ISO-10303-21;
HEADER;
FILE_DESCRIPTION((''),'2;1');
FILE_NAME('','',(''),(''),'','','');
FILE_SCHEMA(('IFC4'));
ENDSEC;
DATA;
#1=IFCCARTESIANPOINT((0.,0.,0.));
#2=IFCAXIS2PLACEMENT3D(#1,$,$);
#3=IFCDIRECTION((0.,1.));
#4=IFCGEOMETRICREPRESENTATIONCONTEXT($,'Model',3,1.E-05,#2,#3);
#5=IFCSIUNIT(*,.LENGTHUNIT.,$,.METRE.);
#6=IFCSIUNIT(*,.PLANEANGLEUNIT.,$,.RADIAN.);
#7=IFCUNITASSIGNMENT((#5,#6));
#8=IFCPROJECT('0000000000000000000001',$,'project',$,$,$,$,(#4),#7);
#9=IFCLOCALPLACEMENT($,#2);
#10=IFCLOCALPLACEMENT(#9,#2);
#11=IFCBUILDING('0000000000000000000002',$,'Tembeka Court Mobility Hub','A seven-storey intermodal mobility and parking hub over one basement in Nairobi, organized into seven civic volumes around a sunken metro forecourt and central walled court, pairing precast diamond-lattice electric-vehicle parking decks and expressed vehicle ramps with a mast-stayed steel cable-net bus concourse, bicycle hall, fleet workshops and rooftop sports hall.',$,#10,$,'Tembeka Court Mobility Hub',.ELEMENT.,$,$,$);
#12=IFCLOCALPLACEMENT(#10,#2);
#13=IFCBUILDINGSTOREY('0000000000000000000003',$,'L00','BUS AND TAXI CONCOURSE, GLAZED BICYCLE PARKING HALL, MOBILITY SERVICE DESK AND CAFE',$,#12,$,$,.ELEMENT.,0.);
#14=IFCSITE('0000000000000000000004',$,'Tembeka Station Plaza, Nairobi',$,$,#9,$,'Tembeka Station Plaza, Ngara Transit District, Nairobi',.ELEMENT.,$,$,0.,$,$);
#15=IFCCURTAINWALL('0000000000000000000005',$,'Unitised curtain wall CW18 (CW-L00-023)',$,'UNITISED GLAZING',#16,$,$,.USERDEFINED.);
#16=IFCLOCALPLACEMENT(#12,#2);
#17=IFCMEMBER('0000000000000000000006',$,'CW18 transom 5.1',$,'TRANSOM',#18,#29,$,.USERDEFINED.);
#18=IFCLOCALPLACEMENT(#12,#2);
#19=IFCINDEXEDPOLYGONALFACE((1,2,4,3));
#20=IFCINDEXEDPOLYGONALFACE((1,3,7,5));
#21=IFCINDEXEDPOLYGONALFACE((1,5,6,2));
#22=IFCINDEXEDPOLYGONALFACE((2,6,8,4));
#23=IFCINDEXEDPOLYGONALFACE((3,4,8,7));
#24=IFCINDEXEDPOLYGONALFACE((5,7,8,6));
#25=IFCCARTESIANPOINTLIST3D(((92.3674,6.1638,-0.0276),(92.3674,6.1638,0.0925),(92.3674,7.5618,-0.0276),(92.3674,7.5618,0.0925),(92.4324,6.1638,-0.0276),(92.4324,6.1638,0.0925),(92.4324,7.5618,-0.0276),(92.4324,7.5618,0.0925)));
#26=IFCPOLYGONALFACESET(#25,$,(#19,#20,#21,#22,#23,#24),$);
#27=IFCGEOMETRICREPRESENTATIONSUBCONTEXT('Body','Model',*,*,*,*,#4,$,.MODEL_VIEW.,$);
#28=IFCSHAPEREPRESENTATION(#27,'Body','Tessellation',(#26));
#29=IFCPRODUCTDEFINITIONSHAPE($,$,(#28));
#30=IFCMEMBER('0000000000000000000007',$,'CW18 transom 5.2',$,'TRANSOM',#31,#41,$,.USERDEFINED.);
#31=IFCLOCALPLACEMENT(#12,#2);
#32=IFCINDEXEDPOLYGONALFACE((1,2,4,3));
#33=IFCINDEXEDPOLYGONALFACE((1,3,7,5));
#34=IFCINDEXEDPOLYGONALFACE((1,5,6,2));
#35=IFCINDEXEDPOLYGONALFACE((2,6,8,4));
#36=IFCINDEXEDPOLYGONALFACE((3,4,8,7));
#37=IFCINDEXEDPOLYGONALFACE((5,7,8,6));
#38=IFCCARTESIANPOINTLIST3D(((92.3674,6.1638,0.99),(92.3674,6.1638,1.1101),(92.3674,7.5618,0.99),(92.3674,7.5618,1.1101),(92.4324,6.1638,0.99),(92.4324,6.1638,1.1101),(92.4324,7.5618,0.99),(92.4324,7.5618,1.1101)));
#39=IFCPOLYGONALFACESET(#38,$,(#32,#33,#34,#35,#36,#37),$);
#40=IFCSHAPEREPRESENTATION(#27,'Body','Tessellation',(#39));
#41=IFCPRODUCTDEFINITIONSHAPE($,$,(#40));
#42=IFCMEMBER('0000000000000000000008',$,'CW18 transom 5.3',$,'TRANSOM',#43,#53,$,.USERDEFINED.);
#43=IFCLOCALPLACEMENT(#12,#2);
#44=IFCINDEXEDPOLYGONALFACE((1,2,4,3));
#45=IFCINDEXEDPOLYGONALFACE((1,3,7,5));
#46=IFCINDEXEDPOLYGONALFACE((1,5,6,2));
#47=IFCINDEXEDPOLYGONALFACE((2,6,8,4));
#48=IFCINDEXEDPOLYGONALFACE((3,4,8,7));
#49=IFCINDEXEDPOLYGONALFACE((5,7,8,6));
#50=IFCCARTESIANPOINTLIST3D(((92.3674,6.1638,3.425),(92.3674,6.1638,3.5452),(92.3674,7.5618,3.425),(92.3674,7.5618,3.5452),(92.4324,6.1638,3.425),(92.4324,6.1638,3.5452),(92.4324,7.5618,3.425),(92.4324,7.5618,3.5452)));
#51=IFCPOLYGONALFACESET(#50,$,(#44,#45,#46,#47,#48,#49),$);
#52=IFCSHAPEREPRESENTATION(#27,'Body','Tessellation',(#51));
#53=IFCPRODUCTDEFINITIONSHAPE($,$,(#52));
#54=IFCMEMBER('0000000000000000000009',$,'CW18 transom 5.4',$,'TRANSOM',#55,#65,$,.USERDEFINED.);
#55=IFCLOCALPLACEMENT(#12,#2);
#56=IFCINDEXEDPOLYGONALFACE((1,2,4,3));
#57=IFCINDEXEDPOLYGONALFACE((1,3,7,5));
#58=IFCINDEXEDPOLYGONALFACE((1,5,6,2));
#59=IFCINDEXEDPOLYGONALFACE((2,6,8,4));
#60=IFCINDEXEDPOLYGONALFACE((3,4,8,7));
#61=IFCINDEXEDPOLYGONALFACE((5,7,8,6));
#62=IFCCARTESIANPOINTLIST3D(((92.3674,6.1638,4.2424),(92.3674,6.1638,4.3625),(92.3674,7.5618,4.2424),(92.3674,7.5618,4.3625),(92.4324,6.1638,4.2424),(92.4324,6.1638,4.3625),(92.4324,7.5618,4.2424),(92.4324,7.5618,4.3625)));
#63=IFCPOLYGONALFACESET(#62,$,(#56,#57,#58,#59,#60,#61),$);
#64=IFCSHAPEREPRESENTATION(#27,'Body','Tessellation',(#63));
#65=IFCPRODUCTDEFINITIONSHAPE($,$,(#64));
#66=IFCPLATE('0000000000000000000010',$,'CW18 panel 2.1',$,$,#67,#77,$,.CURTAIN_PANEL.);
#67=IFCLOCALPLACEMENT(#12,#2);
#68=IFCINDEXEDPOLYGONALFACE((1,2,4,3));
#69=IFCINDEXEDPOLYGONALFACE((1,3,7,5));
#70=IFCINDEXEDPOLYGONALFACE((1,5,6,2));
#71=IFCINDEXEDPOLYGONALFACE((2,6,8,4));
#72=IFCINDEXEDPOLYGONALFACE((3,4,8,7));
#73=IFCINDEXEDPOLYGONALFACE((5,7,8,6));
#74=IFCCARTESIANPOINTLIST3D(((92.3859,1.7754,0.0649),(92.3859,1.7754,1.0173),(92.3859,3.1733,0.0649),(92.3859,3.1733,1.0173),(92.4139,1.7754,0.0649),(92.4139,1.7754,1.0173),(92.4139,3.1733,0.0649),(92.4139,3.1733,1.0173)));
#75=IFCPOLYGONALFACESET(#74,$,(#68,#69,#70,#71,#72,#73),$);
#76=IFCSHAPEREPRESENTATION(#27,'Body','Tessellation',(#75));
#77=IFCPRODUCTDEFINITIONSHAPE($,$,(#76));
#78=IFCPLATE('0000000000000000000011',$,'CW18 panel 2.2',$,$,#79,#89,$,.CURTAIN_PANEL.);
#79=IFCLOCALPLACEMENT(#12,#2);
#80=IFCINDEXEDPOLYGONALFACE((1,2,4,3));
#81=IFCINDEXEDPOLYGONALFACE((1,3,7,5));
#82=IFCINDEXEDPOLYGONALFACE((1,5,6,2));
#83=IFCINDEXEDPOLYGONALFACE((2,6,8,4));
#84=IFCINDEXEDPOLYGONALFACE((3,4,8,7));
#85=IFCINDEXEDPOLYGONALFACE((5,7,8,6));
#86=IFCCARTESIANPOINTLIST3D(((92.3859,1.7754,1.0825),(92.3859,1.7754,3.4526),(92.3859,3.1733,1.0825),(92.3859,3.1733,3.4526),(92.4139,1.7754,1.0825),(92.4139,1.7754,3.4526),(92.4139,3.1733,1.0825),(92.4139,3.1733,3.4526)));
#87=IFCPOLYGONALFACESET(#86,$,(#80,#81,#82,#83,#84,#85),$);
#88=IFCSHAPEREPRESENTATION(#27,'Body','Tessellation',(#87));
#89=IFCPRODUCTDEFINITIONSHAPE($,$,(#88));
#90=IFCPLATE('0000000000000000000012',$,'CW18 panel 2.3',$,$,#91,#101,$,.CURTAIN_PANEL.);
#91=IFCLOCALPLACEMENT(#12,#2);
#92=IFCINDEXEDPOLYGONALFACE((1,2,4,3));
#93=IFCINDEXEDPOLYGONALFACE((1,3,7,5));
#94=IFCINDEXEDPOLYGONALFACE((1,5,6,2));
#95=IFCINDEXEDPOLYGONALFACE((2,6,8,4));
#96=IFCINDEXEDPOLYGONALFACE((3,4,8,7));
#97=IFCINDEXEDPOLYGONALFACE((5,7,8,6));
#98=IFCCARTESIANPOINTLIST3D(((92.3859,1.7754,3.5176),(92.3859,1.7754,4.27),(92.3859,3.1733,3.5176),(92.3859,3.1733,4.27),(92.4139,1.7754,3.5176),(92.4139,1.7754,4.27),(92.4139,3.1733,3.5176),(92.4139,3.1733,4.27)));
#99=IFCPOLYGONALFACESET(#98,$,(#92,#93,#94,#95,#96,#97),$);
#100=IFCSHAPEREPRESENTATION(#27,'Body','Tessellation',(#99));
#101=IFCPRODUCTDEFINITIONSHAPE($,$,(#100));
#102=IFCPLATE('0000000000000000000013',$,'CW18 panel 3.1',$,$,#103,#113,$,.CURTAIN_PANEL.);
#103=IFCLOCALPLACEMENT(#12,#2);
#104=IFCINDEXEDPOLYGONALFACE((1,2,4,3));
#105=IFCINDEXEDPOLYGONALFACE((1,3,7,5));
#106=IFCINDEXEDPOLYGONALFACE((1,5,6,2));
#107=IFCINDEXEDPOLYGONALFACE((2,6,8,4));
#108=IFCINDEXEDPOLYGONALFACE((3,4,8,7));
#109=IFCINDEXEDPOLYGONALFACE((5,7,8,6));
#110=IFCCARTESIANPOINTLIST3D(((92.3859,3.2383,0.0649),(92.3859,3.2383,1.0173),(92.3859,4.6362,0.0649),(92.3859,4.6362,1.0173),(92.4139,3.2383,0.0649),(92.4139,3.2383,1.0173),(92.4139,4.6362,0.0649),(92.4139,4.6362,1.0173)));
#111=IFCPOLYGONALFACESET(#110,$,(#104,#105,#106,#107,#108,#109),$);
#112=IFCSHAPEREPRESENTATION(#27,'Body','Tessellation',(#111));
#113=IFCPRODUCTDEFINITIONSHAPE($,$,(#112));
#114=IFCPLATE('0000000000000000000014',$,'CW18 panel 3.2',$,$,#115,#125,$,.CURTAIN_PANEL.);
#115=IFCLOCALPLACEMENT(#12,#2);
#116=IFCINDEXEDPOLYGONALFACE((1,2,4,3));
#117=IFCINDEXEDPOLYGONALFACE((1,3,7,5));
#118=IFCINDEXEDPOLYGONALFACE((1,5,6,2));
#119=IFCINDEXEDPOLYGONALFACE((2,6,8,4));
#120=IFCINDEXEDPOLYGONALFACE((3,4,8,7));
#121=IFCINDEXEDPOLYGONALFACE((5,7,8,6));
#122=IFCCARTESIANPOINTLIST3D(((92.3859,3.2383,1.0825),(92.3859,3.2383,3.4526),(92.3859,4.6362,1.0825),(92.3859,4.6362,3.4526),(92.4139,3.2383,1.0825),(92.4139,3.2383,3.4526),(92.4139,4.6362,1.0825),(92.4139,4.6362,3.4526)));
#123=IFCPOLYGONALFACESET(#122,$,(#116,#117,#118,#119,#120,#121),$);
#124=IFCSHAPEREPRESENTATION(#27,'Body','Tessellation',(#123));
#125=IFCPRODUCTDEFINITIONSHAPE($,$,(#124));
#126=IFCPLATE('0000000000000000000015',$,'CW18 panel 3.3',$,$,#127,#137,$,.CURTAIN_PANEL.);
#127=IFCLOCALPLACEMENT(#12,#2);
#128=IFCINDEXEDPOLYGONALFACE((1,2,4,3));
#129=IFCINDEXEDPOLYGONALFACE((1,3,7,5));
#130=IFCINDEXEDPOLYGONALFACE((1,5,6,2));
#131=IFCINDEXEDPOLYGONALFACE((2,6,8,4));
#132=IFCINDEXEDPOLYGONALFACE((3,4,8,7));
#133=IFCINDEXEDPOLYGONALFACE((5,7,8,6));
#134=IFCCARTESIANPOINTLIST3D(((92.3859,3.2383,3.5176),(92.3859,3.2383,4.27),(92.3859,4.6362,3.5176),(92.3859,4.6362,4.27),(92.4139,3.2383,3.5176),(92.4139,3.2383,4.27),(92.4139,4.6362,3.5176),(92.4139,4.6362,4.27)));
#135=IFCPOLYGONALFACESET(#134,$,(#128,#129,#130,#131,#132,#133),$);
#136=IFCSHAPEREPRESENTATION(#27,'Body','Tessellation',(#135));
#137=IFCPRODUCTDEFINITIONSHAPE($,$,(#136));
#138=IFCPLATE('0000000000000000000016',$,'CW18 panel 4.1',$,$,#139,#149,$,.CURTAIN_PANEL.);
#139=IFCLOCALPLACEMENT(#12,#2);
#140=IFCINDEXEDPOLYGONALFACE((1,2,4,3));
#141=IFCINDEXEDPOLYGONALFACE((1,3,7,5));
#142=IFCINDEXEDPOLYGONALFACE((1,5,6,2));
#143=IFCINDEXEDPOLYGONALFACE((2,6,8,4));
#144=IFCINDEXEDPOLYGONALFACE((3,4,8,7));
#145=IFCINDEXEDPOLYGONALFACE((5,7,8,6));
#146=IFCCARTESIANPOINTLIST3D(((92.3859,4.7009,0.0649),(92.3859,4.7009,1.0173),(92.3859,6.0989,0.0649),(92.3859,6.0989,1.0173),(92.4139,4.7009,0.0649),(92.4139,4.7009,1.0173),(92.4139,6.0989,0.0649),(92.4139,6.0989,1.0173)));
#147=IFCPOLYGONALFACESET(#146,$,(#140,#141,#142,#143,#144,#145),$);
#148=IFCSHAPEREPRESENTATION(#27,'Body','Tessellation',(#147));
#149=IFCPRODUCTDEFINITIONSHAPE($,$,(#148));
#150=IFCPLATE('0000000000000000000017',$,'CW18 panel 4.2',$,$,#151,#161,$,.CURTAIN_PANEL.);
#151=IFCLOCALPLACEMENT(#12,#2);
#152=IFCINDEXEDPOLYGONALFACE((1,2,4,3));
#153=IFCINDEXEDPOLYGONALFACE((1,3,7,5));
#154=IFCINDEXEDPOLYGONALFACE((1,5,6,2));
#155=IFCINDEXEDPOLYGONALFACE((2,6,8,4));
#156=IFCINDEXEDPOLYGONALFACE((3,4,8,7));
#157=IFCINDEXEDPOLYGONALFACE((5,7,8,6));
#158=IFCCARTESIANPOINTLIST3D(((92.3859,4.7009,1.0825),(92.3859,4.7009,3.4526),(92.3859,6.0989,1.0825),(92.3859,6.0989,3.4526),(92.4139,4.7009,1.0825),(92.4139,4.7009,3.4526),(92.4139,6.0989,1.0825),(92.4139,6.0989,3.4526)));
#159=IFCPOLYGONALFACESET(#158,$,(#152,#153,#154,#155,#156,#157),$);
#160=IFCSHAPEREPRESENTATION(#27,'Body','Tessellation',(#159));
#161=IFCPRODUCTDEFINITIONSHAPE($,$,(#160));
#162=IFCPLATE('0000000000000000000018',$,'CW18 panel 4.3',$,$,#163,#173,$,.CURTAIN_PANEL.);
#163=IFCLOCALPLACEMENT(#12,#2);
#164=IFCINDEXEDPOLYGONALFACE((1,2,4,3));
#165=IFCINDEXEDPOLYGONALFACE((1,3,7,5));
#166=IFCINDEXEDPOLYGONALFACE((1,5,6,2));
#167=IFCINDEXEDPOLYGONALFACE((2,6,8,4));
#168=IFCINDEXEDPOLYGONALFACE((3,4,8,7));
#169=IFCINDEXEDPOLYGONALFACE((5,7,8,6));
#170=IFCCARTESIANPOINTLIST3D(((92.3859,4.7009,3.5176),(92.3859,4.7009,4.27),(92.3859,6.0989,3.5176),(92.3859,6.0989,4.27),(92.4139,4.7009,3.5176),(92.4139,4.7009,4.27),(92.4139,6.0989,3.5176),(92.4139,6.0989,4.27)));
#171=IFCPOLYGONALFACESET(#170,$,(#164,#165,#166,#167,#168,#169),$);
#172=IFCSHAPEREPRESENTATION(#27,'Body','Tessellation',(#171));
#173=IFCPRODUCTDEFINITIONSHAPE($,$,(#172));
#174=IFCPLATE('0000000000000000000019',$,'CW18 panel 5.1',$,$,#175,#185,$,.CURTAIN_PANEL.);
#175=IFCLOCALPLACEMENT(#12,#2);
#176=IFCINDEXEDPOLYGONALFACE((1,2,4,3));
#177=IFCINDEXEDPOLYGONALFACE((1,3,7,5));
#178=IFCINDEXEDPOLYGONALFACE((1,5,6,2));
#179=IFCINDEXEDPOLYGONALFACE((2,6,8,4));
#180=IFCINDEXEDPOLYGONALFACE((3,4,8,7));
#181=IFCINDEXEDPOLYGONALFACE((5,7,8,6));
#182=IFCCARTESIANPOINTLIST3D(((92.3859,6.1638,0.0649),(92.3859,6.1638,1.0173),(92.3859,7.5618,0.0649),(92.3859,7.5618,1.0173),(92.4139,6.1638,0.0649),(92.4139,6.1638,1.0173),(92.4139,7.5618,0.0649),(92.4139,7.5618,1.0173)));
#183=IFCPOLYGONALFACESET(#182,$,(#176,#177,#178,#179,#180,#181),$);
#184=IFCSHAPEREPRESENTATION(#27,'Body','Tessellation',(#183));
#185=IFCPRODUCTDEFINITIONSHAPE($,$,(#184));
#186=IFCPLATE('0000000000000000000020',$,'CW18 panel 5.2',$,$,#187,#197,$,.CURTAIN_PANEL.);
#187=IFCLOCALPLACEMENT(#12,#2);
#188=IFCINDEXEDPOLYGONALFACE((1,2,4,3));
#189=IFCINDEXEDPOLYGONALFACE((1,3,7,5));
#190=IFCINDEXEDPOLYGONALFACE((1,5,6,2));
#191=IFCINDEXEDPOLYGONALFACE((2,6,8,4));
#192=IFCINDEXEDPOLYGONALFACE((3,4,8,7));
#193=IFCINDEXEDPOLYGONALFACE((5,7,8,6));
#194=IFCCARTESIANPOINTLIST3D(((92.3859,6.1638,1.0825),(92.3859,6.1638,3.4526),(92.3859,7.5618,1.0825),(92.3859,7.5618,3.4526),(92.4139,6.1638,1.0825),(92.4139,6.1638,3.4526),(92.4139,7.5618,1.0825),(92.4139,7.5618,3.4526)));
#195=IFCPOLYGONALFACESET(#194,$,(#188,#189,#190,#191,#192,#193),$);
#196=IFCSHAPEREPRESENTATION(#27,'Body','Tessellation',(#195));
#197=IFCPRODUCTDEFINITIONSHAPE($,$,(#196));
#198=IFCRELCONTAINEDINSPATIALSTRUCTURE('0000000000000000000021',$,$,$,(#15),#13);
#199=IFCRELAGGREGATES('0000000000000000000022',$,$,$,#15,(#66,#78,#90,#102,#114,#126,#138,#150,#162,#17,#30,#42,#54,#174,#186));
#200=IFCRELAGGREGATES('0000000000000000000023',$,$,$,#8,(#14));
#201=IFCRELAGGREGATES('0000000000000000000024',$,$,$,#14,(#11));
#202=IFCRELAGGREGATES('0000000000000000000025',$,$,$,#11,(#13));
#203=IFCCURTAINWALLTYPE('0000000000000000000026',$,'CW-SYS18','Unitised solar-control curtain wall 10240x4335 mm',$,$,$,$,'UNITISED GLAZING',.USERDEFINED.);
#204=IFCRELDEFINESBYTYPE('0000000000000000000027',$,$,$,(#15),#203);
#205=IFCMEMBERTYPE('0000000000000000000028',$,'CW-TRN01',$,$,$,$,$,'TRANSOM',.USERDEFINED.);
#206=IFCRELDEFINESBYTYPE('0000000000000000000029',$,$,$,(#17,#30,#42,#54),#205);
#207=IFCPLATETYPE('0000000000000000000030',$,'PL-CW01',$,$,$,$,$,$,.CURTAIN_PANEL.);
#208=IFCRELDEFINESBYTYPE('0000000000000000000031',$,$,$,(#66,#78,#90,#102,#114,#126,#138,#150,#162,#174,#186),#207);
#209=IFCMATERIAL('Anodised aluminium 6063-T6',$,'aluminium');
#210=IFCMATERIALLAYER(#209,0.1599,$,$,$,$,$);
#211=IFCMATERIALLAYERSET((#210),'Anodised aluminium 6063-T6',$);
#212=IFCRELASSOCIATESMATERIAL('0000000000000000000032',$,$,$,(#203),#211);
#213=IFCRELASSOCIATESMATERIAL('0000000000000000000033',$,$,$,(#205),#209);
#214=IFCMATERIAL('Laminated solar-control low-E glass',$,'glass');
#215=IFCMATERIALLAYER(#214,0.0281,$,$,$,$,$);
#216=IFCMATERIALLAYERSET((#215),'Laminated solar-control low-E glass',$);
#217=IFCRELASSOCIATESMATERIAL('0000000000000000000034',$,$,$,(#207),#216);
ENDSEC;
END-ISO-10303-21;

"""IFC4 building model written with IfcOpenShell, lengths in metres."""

from ifc_helpers import new_model, si_unit, direction, frame, origin, origin_2d, place, context, subcontext, project, spatial, rectangle, extrude, material, layer, layer_set, material_profile, profile_set, type_object, element, aggregate, save


model = new_model("IFC4")

# Units and contexts
model_context = context("Model", 3, precision=1e-05, world=origin(), true_north=direction((0.0, 1.0)))
body_context = subcontext(model_context, "Body", "Model", "MODEL_VIEW")
ifc_project = project(units=[si_unit("LENGTHUNIT", "METRE"), si_unit("PLANEANGLEUNIT", "RADIAN")], contexts=[model_context])

# Site, building, storey
site_placement = place(None, origin())
site = spatial("IfcSite", under=ifc_project, at=site_placement, Name="Tembeka Station Plaza, Nairobi", LongName="Tembeka Station Plaza, Ngara Transit District, Nairobi", CompositionType="ELEMENT", RefElevation=0.0)
building_placement = place(site_placement, origin())
building = spatial("IfcBuilding", under=site, at=building_placement, Name="Tembeka Court Mobility Hub", Description="A seven-storey intermodal mobility and parking hub over one basement in Nairobi, organized into seven civic volumes around a sunken metro forecourt and central walled court, pairing precast diamond-lattice electric-vehicle parking decks and expressed vehicle ramps with a mast-stayed steel cable-net bus concourse, bicycle hall, fleet workshops and rooftop sports hall.", LongName="Tembeka Court Mobility Hub", CompositionType="ELEMENT")
storey_placement = place(building_placement, origin())
storey = spatial("IfcBuildingStorey", under=building, at=storey_placement, Name="L00", Description="BUS AND TAXI CONCOURSE, GLAZED BICYCLE PARKING HALL, MOBILITY SERVICE DESK AND CAFE", CompositionType="ELEMENT", Elevation=0.0)

# Curtain wall, members, plates
ifc_material_1 = material(Name="Anodised aluminium 6063-T6", Category="aluminium")
ifc_layer_1 = layer(ifc_material_1, 0.1599)
ifc_layer_set_1 = layer_set([ifc_layer_1], Name="Anodised aluminium 6063-T6")
curtain_wall_type = type_object("IfcCurtainWallType", Name="CW-SYS18", Description="Unitised solar-control curtain wall 10240x4335 mm", ElementType="UNITISED GLAZING", PredefinedType="USERDEFINED", material=ifc_layer_set_1)
curtain_wall_placement = place(storey_placement, origin())
curtain_wall = element("IfcCurtainWall", 1, at=curtain_wall_placement, inside=storey, type_object=curtain_wall_type, Name="Unitised curtain wall CW18 (CW-L00-023)", ObjectType="UNITISED GLAZING", PredefinedType="USERDEFINED")
ifc_material_profile_1 = material_profile(ifc_material_1, rectangle(XDim=0.0649, YDim=0.1201, at=origin_2d()), Name="ALU-TRN 65x120")
ifc_profile_set_1 = profile_set([ifc_material_profile_1], Name="Anodised aluminium 6063-T6")
member_type_1 = type_object("IfcMemberType", Name="CW-TRN01", ElementType="TRANSOM", PredefinedType="USERDEFINED", material=ifc_profile_set_1)
member_1_placement = place(storey_placement, frame((92.3999, 6.1638, 0.0325), z_axis=(0.0, 1.0, 0.0), x_axis=(-1.0, 0.0, 0.0)))
member_1 = element("IfcMember", 2, at=member_1_placement, type_object=member_type_1, Name="CW18 transom 5.1", ObjectType="TRANSOM", PredefinedType="USERDEFINED", context=body_context, shape_type="SweptSolid", body=[
    extrude(rectangle(XDim=0.0649, YDim=0.1201, at=origin_2d()), origin(), (0.0, 0.0, 1.0), 1.3979),
])
member_2_placement = place(storey_placement, frame((92.3999, 6.1638, 1.05), z_axis=(0.0, 1.0, 0.0), x_axis=(-1.0, 0.0, 0.0)))
member_2 = element("IfcMember", 3, at=member_2_placement, type_object=member_type_1, Name="CW18 transom 5.2", ObjectType="TRANSOM", PredefinedType="USERDEFINED", context=body_context, shape_type="SweptSolid", body=[
    extrude(rectangle(XDim=0.0649, YDim=0.1201, at=origin_2d()), origin(), (0.0, 0.0, 1.0), 1.3979),
])
member_3_placement = place(storey_placement, frame((92.3999, 6.1638, 3.4851), z_axis=(0.0, 1.0, 0.0), x_axis=(-1.0, 0.0, 0.0)))
member_3 = element("IfcMember", 4, at=member_3_placement, type_object=member_type_1, Name="CW18 transom 5.3", ObjectType="TRANSOM", PredefinedType="USERDEFINED", context=body_context, shape_type="SweptSolid", body=[
    extrude(rectangle(XDim=0.0649, YDim=0.1201, at=origin_2d()), origin(), (0.0, 0.0, 1.0), 1.3979),
])
member_4_placement = place(storey_placement, frame((92.3999, 6.1638, 4.3025), z_axis=(0.0, 1.0, 0.0), x_axis=(-1.0, 0.0, 0.0)))
member_4 = element("IfcMember", 5, at=member_4_placement, type_object=member_type_1, Name="CW18 transom 5.4", ObjectType="TRANSOM", PredefinedType="USERDEFINED", context=body_context, shape_type="SweptSolid", body=[
    extrude(rectangle(XDim=0.0649, YDim=0.1201, at=origin_2d()), origin(), (0.0, 0.0, 1.0), 1.3979),
])
ifc_material_2 = material(Name="Laminated solar-control low-E glass", Category="glass")
ifc_layer_2 = layer(ifc_material_2, 0.0281)
ifc_layer_set_2 = layer_set([ifc_layer_2], Name="Laminated solar-control low-E glass")
plate_type = type_object("IfcPlateType", Name="PL-CW01", PredefinedType="CURTAIN_PANEL", material=ifc_layer_set_2)
plate_1_placement = place(storey_placement, frame((92.3999, 2.4744, 0.0649), z_axis=(0.0, 0.0, 1.0), x_axis=(0.0, 1.0, 0.0)))
plate_1 = element("IfcPlate", 6, at=plate_1_placement, type_object=plate_type, Name="CW18 panel 2.1", PredefinedType="CURTAIN_PANEL", context=body_context, shape_type="SweptSolid", body=[
    extrude(rectangle(XDim=1.3979, YDim=0.0281, at=origin_2d()), origin(), (0.0, 0.0, 1.0), 0.9524),
])
plate_2_placement = place(storey_placement, frame((92.3999, 2.4744, 1.0825), z_axis=(0.0, 0.0, 1.0), x_axis=(0.0, 1.0, 0.0)))
plate_2 = element("IfcPlate", 7, at=plate_2_placement, type_object=plate_type, Name="CW18 panel 2.2", PredefinedType="CURTAIN_PANEL", context=body_context, shape_type="SweptSolid", body=[
    extrude(rectangle(XDim=1.3979, YDim=0.0281, at=origin_2d()), origin(), (0.0, 0.0, 1.0), 2.3701),
])
plate_3_placement = place(storey_placement, frame((92.3999, 2.4744, 3.5176), z_axis=(0.0, 0.0, 1.0), x_axis=(0.0, 1.0, 0.0)))
plate_3 = element("IfcPlate", 8, at=plate_3_placement, type_object=plate_type, Name="CW18 panel 2.3", PredefinedType="CURTAIN_PANEL", context=body_context, shape_type="SweptSolid", body=[
    extrude(rectangle(XDim=1.3979, YDim=0.0281, at=origin_2d()), origin(), (0.0, 0.0, 1.0), 0.7524),
])
plate_4_placement = place(storey_placement, frame((92.3999, 3.9373, 0.0649), z_axis=(0.0, 0.0, 1.0), x_axis=(0.0, 1.0, 0.0)))
plate_4 = element("IfcPlate", 9, at=plate_4_placement, type_object=plate_type, Name="CW18 panel 3.1", PredefinedType="CURTAIN_PANEL", context=body_context, shape_type="SweptSolid", body=[
    extrude(rectangle(XDim=1.3979, YDim=0.0281, at=origin_2d()), origin(), (0.0, 0.0, 1.0), 0.9524),
])
plate_5_placement = place(storey_placement, frame((92.3999, 3.9373, 1.0825), z_axis=(0.0, 0.0, 1.0), x_axis=(0.0, 1.0, 0.0)))
plate_5 = element("IfcPlate", 10, at=plate_5_placement, type_object=plate_type, Name="CW18 panel 3.2", PredefinedType="CURTAIN_PANEL", context=body_context, shape_type="SweptSolid", body=[
    extrude(rectangle(XDim=1.3979, YDim=0.0281, at=origin_2d()), origin(), (0.0, 0.0, 1.0), 2.3701),
])
plate_6_placement = place(storey_placement, frame((92.3999, 3.9373, 3.5176), z_axis=(0.0, 0.0, 1.0), x_axis=(0.0, 1.0, 0.0)))
plate_6 = element("IfcPlate", 11, at=plate_6_placement, type_object=plate_type, Name="CW18 panel 3.3", PredefinedType="CURTAIN_PANEL", context=body_context, shape_type="SweptSolid", body=[
    extrude(rectangle(XDim=1.3979, YDim=0.0281, at=origin_2d()), origin(), (0.0, 0.0, 1.0), 0.7524),
])
plate_7_placement = place(storey_placement, frame((92.3999, 5.3999, 0.0649), z_axis=(0.0, 0.0, 1.0), x_axis=(0.0, 1.0, 0.0)))
plate_7 = element("IfcPlate", 12, at=plate_7_placement, type_object=plate_type, Name="CW18 panel 4.1", PredefinedType="CURTAIN_PANEL", context=body_context, shape_type="SweptSolid", body=[
    extrude(rectangle(XDim=1.3979, YDim=0.0281, at=origin_2d()), origin(), (0.0, 0.0, 1.0), 0.9524),
])
plate_8_placement = place(storey_placement, frame((92.3999, 5.3999, 1.0825), z_axis=(0.0, 0.0, 1.0), x_axis=(0.0, 1.0, 0.0)))
plate_8 = element("IfcPlate", 13, at=plate_8_placement, type_object=plate_type, Name="CW18 panel 4.2", PredefinedType="CURTAIN_PANEL", context=body_context, shape_type="SweptSolid", body=[
    extrude(rectangle(XDim=1.3979, YDim=0.0281, at=origin_2d()), origin(), (0.0, 0.0, 1.0), 2.3701),
])
plate_9_placement = place(storey_placement, frame((92.3999, 5.3999, 3.5176), z_axis=(0.0, 0.0, 1.0), x_axis=(0.0, 1.0, 0.0)))
plate_9 = element("IfcPlate", 14, at=plate_9_placement, type_object=plate_type, Name="CW18 panel 4.3", PredefinedType="CURTAIN_PANEL", context=body_context, shape_type="SweptSolid", body=[
    extrude(rectangle(XDim=1.3979, YDim=0.0281, at=origin_2d()), origin(), (0.0, 0.0, 1.0), 0.7524),
])
plate_10_placement = place(storey_placement, frame((92.3999, 6.8628, 0.0649), z_axis=(0.0, 0.0, 1.0), x_axis=(0.0, 1.0, 0.0)))
plate_10 = element("IfcPlate", 15, at=plate_10_placement, type_object=plate_type, Name="CW18 panel 5.1", PredefinedType="CURTAIN_PANEL", context=body_context, shape_type="SweptSolid", body=[
    extrude(rectangle(XDim=1.3979, YDim=0.0281, at=origin_2d()), origin(), (0.0, 0.0, 1.0), 0.9524),
])
plate_11_placement = place(storey_placement, frame((92.3999, 6.8628, 1.0825), z_axis=(0.0, 0.0, 1.0), x_axis=(0.0, 1.0, 0.0)))
plate_11 = element("IfcPlate", 16, at=plate_11_placement, type_object=plate_type, Name="CW18 panel 5.2", PredefinedType="CURTAIN_PANEL", context=body_context, shape_type="SweptSolid", body=[
    extrude(rectangle(XDim=1.3979, YDim=0.0281, at=origin_2d()), origin(), (0.0, 0.0, 1.0), 2.3701),
])
aggregate(curtain_wall, [plate_1, plate_2, plate_3, plate_4, plate_5, plate_6, plate_7, plate_8, plate_9, member_1, member_2, member_3, member_4, plate_10, plate_11])

save(model, "model.ifc")
